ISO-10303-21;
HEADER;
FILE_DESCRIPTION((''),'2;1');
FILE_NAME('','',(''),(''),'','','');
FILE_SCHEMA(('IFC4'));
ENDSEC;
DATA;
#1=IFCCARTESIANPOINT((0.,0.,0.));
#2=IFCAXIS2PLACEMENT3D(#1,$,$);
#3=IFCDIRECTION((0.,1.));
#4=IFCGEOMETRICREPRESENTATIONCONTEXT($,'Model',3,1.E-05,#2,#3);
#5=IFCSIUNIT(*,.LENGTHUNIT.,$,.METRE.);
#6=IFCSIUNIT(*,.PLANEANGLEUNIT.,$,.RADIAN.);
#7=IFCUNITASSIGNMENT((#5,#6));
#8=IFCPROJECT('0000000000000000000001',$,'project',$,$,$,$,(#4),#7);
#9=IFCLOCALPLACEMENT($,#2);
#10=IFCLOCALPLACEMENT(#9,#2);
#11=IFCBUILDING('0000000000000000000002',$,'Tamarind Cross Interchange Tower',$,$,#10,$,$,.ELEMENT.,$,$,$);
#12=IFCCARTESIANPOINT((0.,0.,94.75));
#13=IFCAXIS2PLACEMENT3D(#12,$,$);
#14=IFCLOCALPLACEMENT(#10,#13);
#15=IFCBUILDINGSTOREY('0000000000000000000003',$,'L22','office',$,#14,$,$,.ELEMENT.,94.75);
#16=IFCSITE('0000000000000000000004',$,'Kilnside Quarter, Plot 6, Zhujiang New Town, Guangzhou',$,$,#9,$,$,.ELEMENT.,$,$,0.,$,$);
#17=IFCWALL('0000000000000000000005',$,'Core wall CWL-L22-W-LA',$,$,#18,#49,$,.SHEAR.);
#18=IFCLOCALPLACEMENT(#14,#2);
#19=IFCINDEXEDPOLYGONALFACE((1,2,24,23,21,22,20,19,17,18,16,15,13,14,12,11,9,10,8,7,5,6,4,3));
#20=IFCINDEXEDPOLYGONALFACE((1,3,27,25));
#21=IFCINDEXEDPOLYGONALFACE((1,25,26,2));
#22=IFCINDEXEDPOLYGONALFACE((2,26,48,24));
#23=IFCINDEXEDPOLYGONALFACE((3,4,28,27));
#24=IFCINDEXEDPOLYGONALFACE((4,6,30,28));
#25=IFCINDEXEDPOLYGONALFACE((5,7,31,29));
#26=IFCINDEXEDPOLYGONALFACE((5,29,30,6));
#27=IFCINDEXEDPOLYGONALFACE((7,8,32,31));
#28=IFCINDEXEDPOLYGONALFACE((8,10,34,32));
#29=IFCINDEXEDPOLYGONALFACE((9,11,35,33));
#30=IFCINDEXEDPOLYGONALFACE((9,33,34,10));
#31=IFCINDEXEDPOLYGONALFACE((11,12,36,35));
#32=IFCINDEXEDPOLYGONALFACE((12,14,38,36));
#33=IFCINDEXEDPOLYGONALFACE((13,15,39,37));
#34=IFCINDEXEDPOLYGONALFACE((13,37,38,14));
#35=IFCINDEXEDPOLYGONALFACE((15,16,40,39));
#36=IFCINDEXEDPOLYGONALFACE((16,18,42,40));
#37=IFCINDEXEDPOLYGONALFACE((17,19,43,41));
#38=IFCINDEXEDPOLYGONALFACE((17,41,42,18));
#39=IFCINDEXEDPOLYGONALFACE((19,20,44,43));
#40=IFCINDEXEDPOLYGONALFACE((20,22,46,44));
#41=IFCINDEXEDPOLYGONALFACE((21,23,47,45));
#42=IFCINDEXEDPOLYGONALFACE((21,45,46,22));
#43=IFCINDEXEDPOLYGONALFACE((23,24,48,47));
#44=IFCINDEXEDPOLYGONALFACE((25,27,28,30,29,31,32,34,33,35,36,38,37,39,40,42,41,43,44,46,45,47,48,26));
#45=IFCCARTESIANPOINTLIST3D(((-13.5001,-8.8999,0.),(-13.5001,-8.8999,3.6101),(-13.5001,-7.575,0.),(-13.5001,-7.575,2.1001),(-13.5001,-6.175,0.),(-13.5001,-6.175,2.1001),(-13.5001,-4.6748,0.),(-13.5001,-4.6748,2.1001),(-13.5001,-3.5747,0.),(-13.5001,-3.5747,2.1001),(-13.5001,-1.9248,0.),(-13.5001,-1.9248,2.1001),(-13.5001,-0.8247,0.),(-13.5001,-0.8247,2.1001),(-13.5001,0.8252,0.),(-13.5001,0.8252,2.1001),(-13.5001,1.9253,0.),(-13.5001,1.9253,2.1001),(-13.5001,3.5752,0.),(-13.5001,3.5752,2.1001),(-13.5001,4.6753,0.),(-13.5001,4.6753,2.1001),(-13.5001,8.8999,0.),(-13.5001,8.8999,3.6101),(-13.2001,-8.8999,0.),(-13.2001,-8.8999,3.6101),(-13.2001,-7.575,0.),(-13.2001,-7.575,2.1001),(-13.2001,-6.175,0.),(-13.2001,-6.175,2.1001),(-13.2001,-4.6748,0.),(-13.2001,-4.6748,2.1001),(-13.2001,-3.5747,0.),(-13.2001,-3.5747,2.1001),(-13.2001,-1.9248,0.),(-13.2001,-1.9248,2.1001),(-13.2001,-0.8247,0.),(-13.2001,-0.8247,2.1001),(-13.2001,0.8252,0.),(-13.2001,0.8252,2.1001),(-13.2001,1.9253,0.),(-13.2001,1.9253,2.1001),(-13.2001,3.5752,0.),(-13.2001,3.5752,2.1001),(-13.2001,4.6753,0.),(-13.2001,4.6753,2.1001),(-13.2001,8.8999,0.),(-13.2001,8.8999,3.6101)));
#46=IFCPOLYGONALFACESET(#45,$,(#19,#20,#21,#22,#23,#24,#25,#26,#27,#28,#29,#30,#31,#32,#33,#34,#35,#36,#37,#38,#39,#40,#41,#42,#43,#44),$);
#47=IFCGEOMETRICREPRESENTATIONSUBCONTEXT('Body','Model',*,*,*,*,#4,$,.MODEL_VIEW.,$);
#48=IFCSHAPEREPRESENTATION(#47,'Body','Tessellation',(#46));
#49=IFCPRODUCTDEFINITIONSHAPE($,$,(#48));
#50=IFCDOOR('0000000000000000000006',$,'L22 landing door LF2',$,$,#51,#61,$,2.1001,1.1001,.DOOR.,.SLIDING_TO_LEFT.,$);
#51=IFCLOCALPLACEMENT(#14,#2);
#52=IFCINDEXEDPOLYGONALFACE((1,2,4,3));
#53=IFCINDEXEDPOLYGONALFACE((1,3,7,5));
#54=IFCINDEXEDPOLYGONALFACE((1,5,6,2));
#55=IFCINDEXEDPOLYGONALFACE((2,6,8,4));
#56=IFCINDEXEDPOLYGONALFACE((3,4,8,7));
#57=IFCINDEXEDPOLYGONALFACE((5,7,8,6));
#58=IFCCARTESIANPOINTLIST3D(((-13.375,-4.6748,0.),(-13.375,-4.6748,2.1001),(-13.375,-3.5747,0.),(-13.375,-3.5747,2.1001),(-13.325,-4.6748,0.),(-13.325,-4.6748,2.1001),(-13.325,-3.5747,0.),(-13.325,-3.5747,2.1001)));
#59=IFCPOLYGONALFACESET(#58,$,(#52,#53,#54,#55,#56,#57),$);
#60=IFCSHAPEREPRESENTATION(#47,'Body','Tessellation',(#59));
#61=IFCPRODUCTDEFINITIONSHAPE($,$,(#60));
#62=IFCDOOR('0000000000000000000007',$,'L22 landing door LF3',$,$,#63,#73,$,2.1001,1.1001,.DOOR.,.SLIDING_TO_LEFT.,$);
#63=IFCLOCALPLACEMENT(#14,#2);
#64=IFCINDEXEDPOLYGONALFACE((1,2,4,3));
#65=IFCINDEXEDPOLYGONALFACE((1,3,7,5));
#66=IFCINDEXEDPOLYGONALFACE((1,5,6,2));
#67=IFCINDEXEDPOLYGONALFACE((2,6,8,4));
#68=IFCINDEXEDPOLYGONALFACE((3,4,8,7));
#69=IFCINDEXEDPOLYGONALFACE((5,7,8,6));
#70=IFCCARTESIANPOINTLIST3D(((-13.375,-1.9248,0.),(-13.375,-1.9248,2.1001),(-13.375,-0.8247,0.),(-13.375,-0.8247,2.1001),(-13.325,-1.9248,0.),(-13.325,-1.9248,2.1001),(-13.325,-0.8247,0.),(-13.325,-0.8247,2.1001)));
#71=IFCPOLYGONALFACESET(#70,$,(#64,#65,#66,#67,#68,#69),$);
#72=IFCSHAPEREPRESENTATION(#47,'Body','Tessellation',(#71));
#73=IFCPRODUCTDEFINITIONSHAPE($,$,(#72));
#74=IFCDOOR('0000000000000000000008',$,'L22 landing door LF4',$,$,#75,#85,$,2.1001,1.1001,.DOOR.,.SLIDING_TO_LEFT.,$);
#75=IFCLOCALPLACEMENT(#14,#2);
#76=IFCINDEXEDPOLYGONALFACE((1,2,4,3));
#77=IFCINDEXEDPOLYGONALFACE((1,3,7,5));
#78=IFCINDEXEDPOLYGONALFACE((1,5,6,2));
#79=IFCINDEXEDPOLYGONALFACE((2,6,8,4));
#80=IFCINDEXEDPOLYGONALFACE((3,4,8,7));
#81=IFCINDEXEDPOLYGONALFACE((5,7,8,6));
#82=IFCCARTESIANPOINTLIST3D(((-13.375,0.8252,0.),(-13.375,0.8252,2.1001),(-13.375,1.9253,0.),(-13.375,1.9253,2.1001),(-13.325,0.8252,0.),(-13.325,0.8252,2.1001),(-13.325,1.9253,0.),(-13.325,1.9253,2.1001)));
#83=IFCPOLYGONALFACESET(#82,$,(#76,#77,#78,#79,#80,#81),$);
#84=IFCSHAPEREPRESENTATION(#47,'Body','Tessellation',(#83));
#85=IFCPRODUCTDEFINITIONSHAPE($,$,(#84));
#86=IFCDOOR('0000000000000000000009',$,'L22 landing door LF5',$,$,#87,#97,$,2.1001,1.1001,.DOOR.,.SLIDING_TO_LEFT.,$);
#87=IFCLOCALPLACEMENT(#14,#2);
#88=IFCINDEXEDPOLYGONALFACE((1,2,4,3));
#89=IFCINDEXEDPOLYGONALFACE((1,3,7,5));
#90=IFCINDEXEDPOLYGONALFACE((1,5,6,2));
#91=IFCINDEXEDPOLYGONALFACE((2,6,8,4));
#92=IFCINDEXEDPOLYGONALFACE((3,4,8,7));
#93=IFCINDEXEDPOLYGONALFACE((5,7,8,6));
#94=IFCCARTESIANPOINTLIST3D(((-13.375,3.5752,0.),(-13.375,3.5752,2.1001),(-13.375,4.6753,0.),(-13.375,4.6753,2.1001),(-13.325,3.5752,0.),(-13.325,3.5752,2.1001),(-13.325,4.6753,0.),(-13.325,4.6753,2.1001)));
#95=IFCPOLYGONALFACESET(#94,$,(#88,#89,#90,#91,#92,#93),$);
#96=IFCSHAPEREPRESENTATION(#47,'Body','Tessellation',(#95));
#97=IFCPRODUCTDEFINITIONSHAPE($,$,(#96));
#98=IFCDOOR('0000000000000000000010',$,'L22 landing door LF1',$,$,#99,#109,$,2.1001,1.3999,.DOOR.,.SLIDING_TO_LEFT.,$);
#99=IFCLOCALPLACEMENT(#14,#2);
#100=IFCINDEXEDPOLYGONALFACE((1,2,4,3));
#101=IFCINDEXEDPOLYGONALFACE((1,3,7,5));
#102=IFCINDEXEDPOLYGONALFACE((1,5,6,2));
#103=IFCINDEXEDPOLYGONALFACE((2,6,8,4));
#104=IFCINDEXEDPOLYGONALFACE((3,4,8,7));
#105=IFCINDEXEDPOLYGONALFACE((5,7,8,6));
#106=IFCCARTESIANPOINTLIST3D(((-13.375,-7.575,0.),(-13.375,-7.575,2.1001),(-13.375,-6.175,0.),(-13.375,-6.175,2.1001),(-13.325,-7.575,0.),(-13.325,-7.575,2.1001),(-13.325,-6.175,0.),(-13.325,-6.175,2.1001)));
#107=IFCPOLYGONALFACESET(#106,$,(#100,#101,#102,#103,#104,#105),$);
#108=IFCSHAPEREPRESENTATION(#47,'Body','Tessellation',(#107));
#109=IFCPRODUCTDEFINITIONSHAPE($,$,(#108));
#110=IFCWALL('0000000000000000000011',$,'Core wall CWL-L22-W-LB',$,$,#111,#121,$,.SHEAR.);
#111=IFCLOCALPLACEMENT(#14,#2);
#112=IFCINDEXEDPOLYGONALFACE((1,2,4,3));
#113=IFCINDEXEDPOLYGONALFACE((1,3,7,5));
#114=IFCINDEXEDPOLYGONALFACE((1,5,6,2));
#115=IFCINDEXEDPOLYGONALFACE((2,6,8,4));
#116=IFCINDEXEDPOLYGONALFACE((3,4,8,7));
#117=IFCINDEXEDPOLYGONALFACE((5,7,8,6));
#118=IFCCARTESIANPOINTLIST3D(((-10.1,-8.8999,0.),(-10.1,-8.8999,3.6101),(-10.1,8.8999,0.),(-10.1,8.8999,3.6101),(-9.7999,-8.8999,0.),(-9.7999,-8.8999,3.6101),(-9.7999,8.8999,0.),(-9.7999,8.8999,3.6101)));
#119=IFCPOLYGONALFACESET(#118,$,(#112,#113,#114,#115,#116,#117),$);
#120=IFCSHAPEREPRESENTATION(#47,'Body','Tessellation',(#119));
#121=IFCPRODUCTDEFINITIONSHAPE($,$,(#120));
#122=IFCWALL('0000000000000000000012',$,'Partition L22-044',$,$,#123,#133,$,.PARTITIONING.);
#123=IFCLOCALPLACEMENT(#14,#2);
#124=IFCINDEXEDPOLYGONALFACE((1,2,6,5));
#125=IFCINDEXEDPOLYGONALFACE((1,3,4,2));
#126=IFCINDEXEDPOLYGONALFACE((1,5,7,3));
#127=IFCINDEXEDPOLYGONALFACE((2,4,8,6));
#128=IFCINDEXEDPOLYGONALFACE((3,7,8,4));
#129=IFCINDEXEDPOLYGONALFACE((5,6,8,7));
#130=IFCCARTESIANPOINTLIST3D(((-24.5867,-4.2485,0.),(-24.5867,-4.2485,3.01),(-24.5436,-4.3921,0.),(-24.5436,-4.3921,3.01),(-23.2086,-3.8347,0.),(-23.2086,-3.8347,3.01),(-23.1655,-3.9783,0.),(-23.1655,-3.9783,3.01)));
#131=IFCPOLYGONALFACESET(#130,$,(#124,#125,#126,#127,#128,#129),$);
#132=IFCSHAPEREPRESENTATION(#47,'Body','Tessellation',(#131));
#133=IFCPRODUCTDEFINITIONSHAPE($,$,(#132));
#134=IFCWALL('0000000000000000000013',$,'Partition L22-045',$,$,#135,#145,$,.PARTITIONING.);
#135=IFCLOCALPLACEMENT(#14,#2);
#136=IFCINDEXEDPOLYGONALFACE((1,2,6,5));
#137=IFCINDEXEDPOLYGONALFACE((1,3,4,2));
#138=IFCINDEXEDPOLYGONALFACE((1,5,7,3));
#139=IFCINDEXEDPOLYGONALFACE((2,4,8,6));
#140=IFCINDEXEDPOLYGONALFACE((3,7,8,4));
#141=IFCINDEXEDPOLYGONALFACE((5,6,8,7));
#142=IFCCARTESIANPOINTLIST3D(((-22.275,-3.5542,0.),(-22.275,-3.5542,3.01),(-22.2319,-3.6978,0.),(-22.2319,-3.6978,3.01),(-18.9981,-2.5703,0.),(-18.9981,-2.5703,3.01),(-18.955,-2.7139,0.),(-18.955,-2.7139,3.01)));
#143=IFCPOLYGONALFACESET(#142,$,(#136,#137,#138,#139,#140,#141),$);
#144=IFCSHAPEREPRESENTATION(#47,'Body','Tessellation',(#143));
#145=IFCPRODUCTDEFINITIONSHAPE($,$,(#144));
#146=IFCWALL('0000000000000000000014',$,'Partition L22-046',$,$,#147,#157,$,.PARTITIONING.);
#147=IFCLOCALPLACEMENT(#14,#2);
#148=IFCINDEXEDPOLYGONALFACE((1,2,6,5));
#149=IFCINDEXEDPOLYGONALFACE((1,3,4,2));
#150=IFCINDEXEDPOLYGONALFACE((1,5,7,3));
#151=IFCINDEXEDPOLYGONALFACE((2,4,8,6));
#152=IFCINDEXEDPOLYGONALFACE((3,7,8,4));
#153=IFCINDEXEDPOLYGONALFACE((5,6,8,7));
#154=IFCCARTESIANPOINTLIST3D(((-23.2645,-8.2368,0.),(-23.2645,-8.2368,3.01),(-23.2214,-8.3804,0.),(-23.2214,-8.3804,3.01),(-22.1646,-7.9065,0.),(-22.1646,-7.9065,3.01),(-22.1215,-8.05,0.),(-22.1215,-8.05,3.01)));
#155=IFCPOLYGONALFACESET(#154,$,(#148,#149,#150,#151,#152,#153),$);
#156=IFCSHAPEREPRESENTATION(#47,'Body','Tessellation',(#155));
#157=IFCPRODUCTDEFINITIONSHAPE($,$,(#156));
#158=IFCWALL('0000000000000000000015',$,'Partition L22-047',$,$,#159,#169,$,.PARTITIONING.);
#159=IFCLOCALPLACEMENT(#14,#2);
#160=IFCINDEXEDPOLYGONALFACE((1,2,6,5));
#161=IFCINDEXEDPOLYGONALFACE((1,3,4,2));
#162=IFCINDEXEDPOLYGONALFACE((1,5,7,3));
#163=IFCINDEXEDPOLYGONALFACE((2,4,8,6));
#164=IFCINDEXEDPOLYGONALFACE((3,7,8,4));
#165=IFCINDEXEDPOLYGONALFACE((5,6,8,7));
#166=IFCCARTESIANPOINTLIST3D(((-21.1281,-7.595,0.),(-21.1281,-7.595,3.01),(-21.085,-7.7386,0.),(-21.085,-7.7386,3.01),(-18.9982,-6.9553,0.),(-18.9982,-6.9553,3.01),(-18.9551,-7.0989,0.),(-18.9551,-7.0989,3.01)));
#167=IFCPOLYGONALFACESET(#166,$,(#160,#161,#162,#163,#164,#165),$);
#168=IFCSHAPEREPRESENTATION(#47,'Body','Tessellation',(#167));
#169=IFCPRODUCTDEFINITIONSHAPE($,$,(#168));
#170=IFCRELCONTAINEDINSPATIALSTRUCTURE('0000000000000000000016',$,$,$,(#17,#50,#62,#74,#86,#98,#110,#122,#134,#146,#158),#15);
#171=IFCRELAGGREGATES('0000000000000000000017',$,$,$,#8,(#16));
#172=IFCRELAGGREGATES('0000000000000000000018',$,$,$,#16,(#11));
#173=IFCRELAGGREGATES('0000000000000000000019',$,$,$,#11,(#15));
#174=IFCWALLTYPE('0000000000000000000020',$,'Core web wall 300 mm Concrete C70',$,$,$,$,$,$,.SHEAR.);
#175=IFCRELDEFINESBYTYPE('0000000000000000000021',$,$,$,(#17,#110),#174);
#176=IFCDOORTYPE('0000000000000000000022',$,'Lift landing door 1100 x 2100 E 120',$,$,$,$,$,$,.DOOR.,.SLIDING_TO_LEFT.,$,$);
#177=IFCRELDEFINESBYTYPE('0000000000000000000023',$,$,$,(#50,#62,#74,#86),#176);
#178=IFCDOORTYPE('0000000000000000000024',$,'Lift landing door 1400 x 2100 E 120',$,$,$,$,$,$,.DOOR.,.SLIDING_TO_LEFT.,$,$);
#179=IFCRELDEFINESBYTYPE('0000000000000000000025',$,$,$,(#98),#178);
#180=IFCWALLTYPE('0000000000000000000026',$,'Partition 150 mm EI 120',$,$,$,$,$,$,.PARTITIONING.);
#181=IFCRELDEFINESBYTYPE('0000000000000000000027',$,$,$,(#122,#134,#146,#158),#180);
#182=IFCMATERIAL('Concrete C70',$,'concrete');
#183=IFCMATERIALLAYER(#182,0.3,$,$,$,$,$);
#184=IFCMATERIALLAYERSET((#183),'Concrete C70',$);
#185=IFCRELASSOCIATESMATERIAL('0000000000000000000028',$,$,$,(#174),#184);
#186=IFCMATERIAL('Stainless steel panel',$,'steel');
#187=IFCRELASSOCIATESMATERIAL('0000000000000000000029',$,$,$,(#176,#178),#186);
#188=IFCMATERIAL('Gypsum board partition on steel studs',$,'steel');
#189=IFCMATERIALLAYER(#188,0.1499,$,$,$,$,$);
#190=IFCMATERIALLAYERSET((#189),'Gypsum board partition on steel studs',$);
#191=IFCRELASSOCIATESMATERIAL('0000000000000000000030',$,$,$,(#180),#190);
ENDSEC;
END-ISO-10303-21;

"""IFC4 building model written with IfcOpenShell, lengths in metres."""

from ifc_helpers import new_model, si_unit, direction, frame, frame_2d, origin, place, context, subcontext, project, spatial, rectangle, extrude, material, layer, layer_set, type_object, element, fill, save


model = new_model("IFC4")

# Units and contexts
model_context = context("Model", 3, precision=1e-05, world=origin(), true_north=direction((0.0, 1.0)))
body_context = subcontext(model_context, "Body", "Model", "MODEL_VIEW")
ifc_project = project(units=[si_unit("LENGTHUNIT", "METRE"), si_unit("PLANEANGLEUNIT", "RADIAN")], contexts=[model_context])

# Site, building, storey
site_placement = place(None, origin())
site = spatial("IfcSite", under=ifc_project, at=site_placement, Name="Kilnside Quarter, Plot 6, Zhujiang New Town, Guangzhou", CompositionType="ELEMENT", RefElevation=0.0)
building_placement = place(site_placement, origin())
building = spatial("IfcBuilding", under=site, at=building_placement, Name="Tamarind Cross Interchange Tower", CompositionType="ELEMENT")
storey_placement = place(building_placement, frame((0.0, 0.0, 94.75)))
storey = spatial("IfcBuildingStorey", under=building, at=storey_placement, Name="L22", Description="office", CompositionType="ELEMENT", Elevation=94.75)

# Wall, openings, doors
ifc_material_1 = material(Name="Concrete C70", Category="concrete")
ifc_layer_1 = layer(ifc_material_1, 0.3)
ifc_layer_set_1 = layer_set([ifc_layer_1], Name="Concrete C70")
wall_type_1 = type_object("IfcWallType", Name="Core web wall 300 mm Concrete C70", PredefinedType="SHEAR", material=ifc_layer_set_1)
wall_1_placement = place(storey_placement, frame((-13.3501, -8.8999, 0.0), z_axis=(0.0, 0.0, 1.0), x_axis=(0.0, 1.0, 0.0)))
wall_1 = element("IfcWall", 1, at=wall_1_placement, inside=storey, type_object=wall_type_1, Name="Core wall CWL-L22-W-LA", PredefinedType="SHEAR", context=body_context, shape_type="SweptSolid", body=[
    extrude(rectangle(XDim=17.7998, YDim=0.3, at=frame_2d((8.8999, 0.0))), origin(), (0.0, 0.0, 1.0), 3.6101),
])
opening_1_placement = place(wall_1_placement, frame((1.325, 0.0, 0.0)))
opening_1 = element("IfcOpeningElement", 2, at=opening_1_placement, cuts=wall_1, PredefinedType="OPENING", context=body_context, shape_type="SweptSolid", body=[
    extrude(rectangle(XDim=1.3999, YDim=2.1001, at=frame_2d((0.7, 1.05))), frame((0.0, 0.1599, 0.0), z_axis=(0.0, -1.0, 0.0), x_axis=(1.0, 0.0, 0.0)), (0.0, 0.0, 1.0), 0.3201),
])
opening_2_placement = place(wall_1_placement, frame((4.2251, 0.0, 0.0)))
opening_2 = element("IfcOpeningElement", 3, at=opening_2_placement, cuts=wall_1, PredefinedType="OPENING", context=body_context, shape_type="SweptSolid", body=[
    extrude(rectangle(XDim=1.1001, YDim=2.1001, at=frame_2d((0.55, 1.05))), frame((0.0, 0.1599, 0.0), z_axis=(0.0, -1.0, 0.0), x_axis=(1.0, 0.0, 0.0)), (0.0, 0.0, 1.0), 0.3201),
])
opening_3_placement = place(wall_1_placement, frame((6.9751, 0.0, 0.0)))
opening_3 = element("IfcOpeningElement", 4, at=opening_3_placement, cuts=wall_1, PredefinedType="OPENING", context=body_context, shape_type="SweptSolid", body=[
    extrude(rectangle(XDim=1.1001, YDim=2.1001, at=frame_2d((0.55, 1.05))), frame((0.0, 0.1599, 0.0), z_axis=(0.0, -1.0, 0.0), x_axis=(1.0, 0.0, 0.0)), (0.0, 0.0, 1.0), 0.3201),
])
opening_4_placement = place(wall_1_placement, frame((9.7251, 0.0, 0.0)))
opening_4 = element("IfcOpeningElement", 5, at=opening_4_placement, cuts=wall_1, PredefinedType="OPENING", context=body_context, shape_type="SweptSolid", body=[
    extrude(rectangle(XDim=1.1001, YDim=2.1001, at=frame_2d((0.55, 1.05))), frame((0.0, 0.1599, 0.0), z_axis=(0.0, -1.0, 0.0), x_axis=(1.0, 0.0, 0.0)), (0.0, 0.0, 1.0), 0.3201),
])
opening_5_placement = place(wall_1_placement, frame((12.4751, 0.0, 0.0)))
opening_5 = element("IfcOpeningElement", 6, at=opening_5_placement, cuts=wall_1, PredefinedType="OPENING", context=body_context, shape_type="SweptSolid", body=[
    extrude(rectangle(XDim=1.1001, YDim=2.1001, at=frame_2d((0.55, 1.05))), frame((0.0, 0.1599, 0.0), z_axis=(0.0, -1.0, 0.0), x_axis=(1.0, 0.0, 0.0)), (0.0, 0.0, 1.0), 0.3201),
])
ifc_material_2 = material(Name="Stainless steel panel", Category="steel")
door_type_1 = type_object("IfcDoorType", Name="Lift landing door 1100 x 2100 E 120", OperationType="SLIDING_TO_LEFT", PredefinedType="DOOR", material=ifc_material_2)
door_1_placement = place(opening_2_placement, origin())
door_1 = element("IfcDoor", 7, at=door_1_placement, inside=storey, type_object=door_type_1, Name="L22 landing door LF2", OperationType="SLIDING_TO_LEFT", OverallHeight=2.1001, OverallWidth=1.1001, PredefinedType="DOOR", context=body_context, shape_type="SweptSolid", body=[
    extrude(rectangle(XDim=1.1001, YDim=2.1001, at=frame_2d((0.55, 1.05))), frame((0.0, 0.0249, 0.0), z_axis=(0.0, -1.0, 0.0), x_axis=(1.0, 0.0, 0.0)), (0.0, 0.0, 1.0), 0.05),
])
fill(opening_2, door_1)
door_2_placement = place(opening_3_placement, origin())
door_2 = element("IfcDoor", 8, at=door_2_placement, inside=storey, type_object=door_type_1, Name="L22 landing door LF3", OperationType="SLIDING_TO_LEFT", OverallHeight=2.1001, OverallWidth=1.1001, PredefinedType="DOOR", context=body_context, shape_type="SweptSolid", body=[
    extrude(rectangle(XDim=1.1001, YDim=2.1001, at=frame_2d((0.55, 1.05))), frame((0.0, 0.0249, 0.0), z_axis=(0.0, -1.0, 0.0), x_axis=(1.0, 0.0, 0.0)), (0.0, 0.0, 1.0), 0.05),
])
fill(opening_3, door_2)
door_3_placement = place(opening_4_placement, origin())
door_3 = element("IfcDoor", 9, at=door_3_placement, inside=storey, type_object=door_type_1, Name="L22 landing door LF4", OperationType="SLIDING_TO_LEFT", OverallHeight=2.1001, OverallWidth=1.1001, PredefinedType="DOOR", context=body_context, shape_type="SweptSolid", body=[
    extrude(rectangle(XDim=1.1001, YDim=2.1001, at=frame_2d((0.55, 1.05))), frame((0.0, 0.0249, 0.0), z_axis=(0.0, -1.0, 0.0), x_axis=(1.0, 0.0, 0.0)), (0.0, 0.0, 1.0), 0.05),
])
fill(opening_4, door_3)
door_4_placement = place(opening_5_placement, origin())
door_4 = element("IfcDoor", 10, at=door_4_placement, inside=storey, type_object=door_type_1, Name="L22 landing door LF5", OperationType="SLIDING_TO_LEFT", OverallHeight=2.1001, OverallWidth=1.1001, PredefinedType="DOOR", context=body_context, shape_type="SweptSolid", body=[
    extrude(rectangle(XDim=1.1001, YDim=2.1001, at=frame_2d((0.55, 1.05))), frame((0.0, 0.0249, 0.0), z_axis=(0.0, -1.0, 0.0), x_axis=(1.0, 0.0, 0.0)), (0.0, 0.0, 1.0), 0.05),
])
fill(opening_5, door_4)
door_type_2 = type_object("IfcDoorType", Name="Lift landing door 1400 x 2100 E 120", OperationType="SLIDING_TO_LEFT", PredefinedType="DOOR", material=ifc_material_2)
door_5_placement = place(opening_1_placement, origin())
door_5 = element("IfcDoor", 11, at=door_5_placement, inside=storey, type_object=door_type_2, Name="L22 landing door LF1", OperationType="SLIDING_TO_LEFT", OverallHeight=2.1001, OverallWidth=1.3999, PredefinedType="DOOR", context=body_context, shape_type="SweptSolid", body=[
    extrude(rectangle(XDim=1.3999, YDim=2.1001, at=frame_2d((0.7, 1.05))), frame((0.0, 0.0249, 0.0), z_axis=(0.0, -1.0, 0.0), x_axis=(1.0, 0.0, 0.0)), (0.0, 0.0, 1.0), 0.05),
])
fill(opening_1, door_5)

# Walls
wall_2_placement = place(storey_placement, frame((-9.95, -8.8999, 0.0), z_axis=(0.0, 0.0, 1.0), x_axis=(0.0, 1.0, 0.0)))
element("IfcWall", 12, at=wall_2_placement, inside=storey, type_object=wall_type_1, Name="Core wall CWL-L22-W-LB", PredefinedType="SHEAR", context=body_context, shape_type="SweptSolid", body=[
    extrude(rectangle(XDim=17.7998, YDim=0.3, at=frame_2d((8.8999, 0.0))), origin(), (0.0, 0.0, 1.0), 3.6101),
])
ifc_material_3 = material(Name="Gypsum board partition on steel studs", Category="steel")
ifc_layer_2 = layer(ifc_material_3, 0.1499)
ifc_layer_set_2 = layer_set([ifc_layer_2], Name="Gypsum board partition on steel studs")
wall_type_2 = type_object("IfcWallType", Name="Partition 150 mm EI 120", PredefinedType="PARTITIONING", material=ifc_layer_set_2)
wall_3_placement = place(storey_placement, frame((-24.5652, -4.3203, 0.0), z_axis=(0.0, 0.0, 1.0), x_axis=(0.957756, 0.287581, 0.0)))
element("IfcWall", 13, at=wall_3_placement, inside=storey, type_object=wall_type_2, Name="Partition L22-044", PredefinedType="PARTITIONING", context=body_context, shape_type="SweptSolid", body=[
    extrude(rectangle(XDim=1.439, YDim=0.1499, at=frame_2d((0.7195, 0.0))), origin(), (0.0, 0.0, 1.0), 3.01),
])
wall_4_placement = place(storey_placement, frame((-22.2534, -3.626, 0.0), z_axis=(0.0, 0.0, 1.0), x_axis=(0.957759, 0.28757, 0.0)))
element("IfcWall", 14, at=wall_4_placement, inside=storey, type_object=wall_type_2, Name="Partition L22-045", PredefinedType="PARTITIONING", context=body_context, shape_type="SweptSolid", body=[
    extrude(rectangle(XDim=3.4214, YDim=0.1499, at=frame_2d((1.7107, 0.0))), origin(), (0.0, 0.0, 1.0), 3.01),
])
wall_5_placement = place(storey_placement, frame((-23.2429, -8.3086, 0.0), z_axis=(0.0, 0.0, 1.0), x_axis=(0.957738, 0.28764, 0.0)))
element("IfcWall", 15, at=wall_5_placement, inside=storey, type_object=wall_type_2, Name="Partition L22-046", PredefinedType="PARTITIONING", context=body_context, shape_type="SweptSolid", body=[
    extrude(rectangle(XDim=1.1484, YDim=0.1499, at=frame_2d((0.5742, 0.0))), origin(), (0.0, 0.0, 1.0), 3.01),
])
wall_6_placement = place(storey_placement, frame((-21.1064, -7.6667, 0.0), z_axis=(0.0, 0.0, 1.0), x_axis=(0.957742, 0.28763, 0.0)))
element("IfcWall", 16, at=wall_6_placement, inside=storey, type_object=wall_type_2, Name="Partition L22-047", PredefinedType="PARTITIONING", context=body_context, shape_type="SweptSolid", body=[
    extrude(rectangle(XDim=2.2239, YDim=0.1499, at=frame_2d((1.1118, 0.0))), origin(), (0.0, 0.0, 1.0), 3.01),
])

save(model, "model.ifc")
